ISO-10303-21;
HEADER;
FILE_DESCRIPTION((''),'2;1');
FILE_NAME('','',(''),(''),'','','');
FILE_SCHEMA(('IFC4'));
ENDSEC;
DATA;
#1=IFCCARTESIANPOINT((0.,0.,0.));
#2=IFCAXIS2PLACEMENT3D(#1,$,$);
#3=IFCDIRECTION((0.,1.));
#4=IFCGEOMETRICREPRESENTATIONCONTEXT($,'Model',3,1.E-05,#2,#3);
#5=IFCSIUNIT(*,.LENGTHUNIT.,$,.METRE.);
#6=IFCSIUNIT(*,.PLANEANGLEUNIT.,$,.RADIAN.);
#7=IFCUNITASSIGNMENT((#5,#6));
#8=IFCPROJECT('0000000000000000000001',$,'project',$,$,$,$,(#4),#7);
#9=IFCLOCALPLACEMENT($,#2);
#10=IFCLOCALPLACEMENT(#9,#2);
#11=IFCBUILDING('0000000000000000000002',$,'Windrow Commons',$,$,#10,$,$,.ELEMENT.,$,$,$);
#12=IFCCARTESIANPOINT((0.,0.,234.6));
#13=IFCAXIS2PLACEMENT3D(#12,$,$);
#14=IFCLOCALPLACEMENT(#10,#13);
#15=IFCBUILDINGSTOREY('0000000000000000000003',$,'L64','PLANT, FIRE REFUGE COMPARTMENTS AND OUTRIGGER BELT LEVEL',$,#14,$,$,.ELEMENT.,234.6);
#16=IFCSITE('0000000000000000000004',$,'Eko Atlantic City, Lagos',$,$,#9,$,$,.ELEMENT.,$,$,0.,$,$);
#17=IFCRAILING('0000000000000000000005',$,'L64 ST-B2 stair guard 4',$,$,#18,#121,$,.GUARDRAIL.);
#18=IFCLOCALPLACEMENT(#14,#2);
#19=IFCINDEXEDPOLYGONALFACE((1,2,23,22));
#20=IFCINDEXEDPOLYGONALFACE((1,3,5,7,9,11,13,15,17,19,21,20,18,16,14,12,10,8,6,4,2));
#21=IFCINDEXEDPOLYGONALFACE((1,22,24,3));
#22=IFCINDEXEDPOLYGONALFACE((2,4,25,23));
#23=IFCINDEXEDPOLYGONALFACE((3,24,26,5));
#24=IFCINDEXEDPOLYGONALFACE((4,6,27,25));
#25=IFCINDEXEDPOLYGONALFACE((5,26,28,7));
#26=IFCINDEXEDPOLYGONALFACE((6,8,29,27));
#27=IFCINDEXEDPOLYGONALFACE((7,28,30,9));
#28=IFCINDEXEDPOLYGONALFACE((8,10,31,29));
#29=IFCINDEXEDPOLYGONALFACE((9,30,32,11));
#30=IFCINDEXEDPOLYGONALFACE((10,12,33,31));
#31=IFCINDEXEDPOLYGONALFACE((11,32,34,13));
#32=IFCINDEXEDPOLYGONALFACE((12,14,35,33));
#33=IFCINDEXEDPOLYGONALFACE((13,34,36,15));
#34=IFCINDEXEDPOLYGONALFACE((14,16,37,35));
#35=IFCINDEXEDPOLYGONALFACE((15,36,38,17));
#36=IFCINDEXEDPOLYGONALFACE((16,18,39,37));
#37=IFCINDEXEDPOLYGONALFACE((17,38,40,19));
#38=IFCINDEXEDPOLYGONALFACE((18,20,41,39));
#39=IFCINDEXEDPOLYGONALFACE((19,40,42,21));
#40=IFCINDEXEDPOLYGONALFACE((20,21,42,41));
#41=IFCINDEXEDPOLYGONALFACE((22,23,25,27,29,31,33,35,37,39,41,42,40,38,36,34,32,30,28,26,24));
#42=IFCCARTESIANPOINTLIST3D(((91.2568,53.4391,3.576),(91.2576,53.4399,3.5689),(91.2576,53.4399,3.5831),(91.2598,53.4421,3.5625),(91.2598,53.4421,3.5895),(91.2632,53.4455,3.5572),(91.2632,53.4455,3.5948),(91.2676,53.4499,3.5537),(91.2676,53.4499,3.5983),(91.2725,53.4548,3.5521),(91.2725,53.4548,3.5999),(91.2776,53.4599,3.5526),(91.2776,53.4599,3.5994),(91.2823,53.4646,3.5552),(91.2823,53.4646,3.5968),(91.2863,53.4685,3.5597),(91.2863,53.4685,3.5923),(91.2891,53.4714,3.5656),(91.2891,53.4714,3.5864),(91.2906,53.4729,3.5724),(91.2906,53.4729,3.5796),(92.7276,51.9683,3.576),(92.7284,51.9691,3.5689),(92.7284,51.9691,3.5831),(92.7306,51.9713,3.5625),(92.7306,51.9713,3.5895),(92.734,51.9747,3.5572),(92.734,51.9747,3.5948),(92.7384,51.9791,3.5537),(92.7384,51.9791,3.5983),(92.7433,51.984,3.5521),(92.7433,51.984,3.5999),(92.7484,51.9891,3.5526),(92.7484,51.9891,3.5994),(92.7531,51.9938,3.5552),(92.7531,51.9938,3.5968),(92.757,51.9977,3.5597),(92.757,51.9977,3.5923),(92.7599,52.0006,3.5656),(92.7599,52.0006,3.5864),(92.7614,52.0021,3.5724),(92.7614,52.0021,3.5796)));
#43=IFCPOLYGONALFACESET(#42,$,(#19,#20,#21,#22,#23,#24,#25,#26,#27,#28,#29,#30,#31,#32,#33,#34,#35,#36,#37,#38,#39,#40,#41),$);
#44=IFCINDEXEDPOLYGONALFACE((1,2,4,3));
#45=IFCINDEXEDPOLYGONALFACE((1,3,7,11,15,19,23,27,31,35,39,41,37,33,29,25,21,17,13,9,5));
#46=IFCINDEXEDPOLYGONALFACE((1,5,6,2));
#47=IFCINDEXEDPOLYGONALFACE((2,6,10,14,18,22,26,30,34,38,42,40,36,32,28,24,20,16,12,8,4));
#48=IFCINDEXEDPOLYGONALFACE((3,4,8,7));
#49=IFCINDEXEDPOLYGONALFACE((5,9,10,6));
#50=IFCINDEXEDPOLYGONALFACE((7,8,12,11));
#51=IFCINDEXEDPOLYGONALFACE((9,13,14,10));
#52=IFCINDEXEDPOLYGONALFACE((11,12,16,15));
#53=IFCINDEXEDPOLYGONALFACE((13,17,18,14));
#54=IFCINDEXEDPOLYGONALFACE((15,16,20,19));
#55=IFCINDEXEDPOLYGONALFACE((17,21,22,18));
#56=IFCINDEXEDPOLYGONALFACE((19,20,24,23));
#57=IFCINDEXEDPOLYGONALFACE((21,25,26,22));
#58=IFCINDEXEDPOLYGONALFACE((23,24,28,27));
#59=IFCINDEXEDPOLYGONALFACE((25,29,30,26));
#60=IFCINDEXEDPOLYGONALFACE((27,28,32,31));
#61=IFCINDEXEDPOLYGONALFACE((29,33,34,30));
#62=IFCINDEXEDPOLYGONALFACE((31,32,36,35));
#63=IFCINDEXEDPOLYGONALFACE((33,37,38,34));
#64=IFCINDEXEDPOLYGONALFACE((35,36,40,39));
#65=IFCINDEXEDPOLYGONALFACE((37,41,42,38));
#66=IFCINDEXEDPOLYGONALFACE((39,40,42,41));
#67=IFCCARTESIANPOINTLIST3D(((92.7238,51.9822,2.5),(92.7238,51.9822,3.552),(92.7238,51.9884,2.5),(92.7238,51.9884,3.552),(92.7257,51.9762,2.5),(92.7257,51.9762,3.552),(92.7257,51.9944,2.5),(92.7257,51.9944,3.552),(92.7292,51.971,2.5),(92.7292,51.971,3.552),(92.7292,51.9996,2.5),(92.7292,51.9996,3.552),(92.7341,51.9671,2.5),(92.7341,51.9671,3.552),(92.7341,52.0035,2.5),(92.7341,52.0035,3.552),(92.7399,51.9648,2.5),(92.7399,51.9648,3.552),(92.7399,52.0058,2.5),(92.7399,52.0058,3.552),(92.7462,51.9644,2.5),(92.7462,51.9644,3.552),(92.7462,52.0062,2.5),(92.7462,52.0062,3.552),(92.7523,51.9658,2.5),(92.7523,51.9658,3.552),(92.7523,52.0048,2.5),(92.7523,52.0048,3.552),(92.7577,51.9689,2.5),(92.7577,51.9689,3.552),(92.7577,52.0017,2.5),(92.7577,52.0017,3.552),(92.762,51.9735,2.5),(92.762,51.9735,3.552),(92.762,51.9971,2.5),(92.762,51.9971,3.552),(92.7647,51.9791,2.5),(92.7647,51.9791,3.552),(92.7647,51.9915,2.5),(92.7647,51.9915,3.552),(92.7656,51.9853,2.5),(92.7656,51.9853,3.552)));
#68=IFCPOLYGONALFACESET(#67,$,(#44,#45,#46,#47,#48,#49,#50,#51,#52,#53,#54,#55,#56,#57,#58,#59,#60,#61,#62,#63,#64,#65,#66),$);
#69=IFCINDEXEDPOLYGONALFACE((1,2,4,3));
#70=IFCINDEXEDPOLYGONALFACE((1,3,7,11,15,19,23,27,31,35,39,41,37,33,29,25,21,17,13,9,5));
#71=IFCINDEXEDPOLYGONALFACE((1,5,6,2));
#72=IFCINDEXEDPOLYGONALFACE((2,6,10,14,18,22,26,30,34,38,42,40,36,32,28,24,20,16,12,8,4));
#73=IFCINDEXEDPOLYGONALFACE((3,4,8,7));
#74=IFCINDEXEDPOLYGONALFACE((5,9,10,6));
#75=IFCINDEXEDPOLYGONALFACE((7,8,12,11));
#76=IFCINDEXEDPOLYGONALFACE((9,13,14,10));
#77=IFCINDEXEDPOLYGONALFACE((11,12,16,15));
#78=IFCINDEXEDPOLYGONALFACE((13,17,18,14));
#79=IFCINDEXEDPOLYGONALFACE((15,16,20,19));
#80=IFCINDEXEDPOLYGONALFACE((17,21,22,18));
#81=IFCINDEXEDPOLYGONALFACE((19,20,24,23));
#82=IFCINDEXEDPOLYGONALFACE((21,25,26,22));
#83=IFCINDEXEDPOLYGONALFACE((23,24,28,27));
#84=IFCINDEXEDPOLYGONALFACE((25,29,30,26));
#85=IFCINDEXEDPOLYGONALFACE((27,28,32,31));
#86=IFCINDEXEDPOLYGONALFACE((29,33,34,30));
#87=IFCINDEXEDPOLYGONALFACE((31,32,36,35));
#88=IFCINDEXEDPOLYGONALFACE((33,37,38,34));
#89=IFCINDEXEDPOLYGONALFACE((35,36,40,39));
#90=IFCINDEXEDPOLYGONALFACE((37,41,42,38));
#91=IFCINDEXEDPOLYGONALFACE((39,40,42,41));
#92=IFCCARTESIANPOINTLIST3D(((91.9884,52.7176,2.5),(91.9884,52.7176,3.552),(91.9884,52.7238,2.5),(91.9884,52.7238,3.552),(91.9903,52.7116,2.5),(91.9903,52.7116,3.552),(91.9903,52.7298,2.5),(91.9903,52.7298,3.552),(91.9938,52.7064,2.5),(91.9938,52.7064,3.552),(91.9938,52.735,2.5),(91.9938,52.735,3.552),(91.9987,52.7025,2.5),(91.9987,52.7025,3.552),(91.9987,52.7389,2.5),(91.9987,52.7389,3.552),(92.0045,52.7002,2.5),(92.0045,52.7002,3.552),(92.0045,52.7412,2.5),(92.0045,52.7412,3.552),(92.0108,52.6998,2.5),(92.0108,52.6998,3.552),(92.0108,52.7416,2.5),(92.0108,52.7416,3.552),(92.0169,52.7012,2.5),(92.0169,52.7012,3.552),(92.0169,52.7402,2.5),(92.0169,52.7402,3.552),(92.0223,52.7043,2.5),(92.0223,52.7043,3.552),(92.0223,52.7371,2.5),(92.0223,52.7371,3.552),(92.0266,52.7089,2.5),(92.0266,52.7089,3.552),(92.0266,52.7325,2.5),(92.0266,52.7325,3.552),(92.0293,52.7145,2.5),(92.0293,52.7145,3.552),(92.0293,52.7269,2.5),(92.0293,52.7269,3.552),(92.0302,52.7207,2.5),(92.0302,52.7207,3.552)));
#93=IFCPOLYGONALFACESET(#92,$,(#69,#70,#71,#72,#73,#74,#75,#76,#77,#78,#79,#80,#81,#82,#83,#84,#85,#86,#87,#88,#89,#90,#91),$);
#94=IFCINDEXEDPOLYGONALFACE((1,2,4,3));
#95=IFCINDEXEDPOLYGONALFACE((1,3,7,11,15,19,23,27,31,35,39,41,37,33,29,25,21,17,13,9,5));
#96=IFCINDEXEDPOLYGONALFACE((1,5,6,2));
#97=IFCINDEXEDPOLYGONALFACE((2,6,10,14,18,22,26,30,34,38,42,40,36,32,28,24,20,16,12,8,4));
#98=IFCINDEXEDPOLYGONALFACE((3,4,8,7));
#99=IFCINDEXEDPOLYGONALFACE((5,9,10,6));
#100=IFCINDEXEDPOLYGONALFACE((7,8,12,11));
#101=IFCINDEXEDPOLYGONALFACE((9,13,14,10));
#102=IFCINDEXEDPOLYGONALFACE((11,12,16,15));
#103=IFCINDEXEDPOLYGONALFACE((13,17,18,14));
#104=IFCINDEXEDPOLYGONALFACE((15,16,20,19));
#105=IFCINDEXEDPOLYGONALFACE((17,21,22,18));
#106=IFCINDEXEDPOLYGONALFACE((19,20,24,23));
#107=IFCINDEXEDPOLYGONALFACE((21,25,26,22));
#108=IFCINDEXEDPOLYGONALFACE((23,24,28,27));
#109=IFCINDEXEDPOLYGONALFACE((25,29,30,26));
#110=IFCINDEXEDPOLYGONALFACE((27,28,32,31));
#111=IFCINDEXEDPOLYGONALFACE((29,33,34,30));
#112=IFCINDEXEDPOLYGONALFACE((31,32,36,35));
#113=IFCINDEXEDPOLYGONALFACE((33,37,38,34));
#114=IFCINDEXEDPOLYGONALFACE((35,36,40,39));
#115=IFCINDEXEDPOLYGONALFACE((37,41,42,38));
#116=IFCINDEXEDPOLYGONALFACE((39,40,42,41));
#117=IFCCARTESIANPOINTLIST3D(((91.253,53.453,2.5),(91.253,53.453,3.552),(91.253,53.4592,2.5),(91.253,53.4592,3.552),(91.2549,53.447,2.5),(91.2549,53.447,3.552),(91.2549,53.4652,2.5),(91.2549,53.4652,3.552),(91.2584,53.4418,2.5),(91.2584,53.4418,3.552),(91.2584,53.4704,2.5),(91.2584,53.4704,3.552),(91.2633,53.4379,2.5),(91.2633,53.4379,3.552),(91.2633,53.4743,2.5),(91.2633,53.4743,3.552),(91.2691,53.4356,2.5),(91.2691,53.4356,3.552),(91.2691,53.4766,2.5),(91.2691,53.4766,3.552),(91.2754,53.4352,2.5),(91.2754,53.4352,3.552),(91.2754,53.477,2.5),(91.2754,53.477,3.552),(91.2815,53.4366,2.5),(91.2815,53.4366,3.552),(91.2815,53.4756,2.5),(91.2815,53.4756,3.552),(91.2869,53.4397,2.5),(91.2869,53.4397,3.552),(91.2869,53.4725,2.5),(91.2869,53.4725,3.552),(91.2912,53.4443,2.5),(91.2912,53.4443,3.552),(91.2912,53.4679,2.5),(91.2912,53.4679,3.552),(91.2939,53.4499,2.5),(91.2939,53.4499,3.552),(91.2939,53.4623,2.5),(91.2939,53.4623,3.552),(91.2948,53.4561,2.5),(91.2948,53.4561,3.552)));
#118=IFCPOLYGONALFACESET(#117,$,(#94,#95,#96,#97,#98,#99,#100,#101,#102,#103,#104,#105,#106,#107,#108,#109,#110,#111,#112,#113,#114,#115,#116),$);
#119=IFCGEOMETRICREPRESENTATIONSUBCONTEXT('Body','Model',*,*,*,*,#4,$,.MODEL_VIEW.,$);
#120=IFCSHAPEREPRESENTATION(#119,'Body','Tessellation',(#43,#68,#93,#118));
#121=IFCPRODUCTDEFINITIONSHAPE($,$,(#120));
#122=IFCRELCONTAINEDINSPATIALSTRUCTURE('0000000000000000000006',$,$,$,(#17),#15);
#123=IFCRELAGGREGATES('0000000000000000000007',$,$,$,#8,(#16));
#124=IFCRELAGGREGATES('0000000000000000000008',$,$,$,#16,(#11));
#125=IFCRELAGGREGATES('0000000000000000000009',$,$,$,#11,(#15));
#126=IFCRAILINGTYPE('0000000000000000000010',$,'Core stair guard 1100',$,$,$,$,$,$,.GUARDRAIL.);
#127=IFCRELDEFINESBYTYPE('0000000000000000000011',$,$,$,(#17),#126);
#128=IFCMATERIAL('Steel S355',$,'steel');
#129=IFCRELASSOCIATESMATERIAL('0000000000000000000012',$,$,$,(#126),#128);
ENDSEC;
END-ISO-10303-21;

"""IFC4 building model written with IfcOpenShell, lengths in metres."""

from ifc_helpers import new_model, si_unit, direction, frame, origin, origin_2d, place, context, subcontext, project, spatial, circle, extrude, material, type_object, element, save


model = new_model("IFC4")

# Units and contexts
model_context = context("Model", 3, precision=1e-05, world=origin(), true_north=direction((0.0, 1.0)))
body_context = subcontext(model_context, "Body", "Model", "MODEL_VIEW")
ifc_project = project(units=[si_unit("LENGTHUNIT", "METRE"), si_unit("PLANEANGLEUNIT", "RADIAN")], contexts=[model_context])

# Site, building, storey
site_placement = place(None, origin())
site = spatial("IfcSite", under=ifc_project, at=site_placement, Name="Eko Atlantic City, Lagos", CompositionType="ELEMENT", RefElevation=0.0)
building_placement = place(site_placement, origin())
building = spatial("IfcBuilding", under=site, at=building_placement, Name="Windrow Commons", CompositionType="ELEMENT")
storey_placement = place(building_placement, frame((0.0, 0.0, 234.6)))
storey = spatial("IfcBuildingStorey", under=building, at=storey_placement, Name="L64", Description="PLANT, FIRE REFUGE COMPARTMENTS AND OUTRIGGER BELT LEVEL", CompositionType="ELEMENT", Elevation=234.6)

# Railing
ifc_material_1 = material(Name="Steel S355", Category="steel")
railing_type_1 = type_object("IfcRailingType", Name="Core stair guard 1100", PredefinedType="GUARDRAIL", material=ifc_material_1)
railing_1_placement = place(storey_placement, frame((92.7446, 51.9853, 2.5)))
element("IfcRailing", 1, at=railing_1_placement, inside=storey, type_object=railing_type_1, Name="L64 ST-B2 stair guard 4", PredefinedType="GUARDRAIL", context=body_context, shape_type="SweptSolid", body=[
    extrude(circle(Radius=0.024, at=origin_2d()), frame((0.0, 0.0, 1.076), z_axis=(-0.707107, 0.707107, 0.0), x_axis=(-0.707107, -0.707107, 0.0)), (0.0, 0.0, 1.0), 2.08),
    extrude(circle(Radius=0.021, at=origin_2d()), origin(), (0.0, 0.0, 1.0), 1.052),
    extrude(circle(Radius=0.021, at=origin_2d()), frame((-0.7354, 0.7354, 0.0)), (0.0, 0.0, 1.0), 1.052),
    extrude(circle(Radius=0.021, at=origin_2d()), frame((-1.4708, 1.4708, 0.0)), (0.0, 0.0, 1.0), 1.052),
])

save(model, "model.ifc")
